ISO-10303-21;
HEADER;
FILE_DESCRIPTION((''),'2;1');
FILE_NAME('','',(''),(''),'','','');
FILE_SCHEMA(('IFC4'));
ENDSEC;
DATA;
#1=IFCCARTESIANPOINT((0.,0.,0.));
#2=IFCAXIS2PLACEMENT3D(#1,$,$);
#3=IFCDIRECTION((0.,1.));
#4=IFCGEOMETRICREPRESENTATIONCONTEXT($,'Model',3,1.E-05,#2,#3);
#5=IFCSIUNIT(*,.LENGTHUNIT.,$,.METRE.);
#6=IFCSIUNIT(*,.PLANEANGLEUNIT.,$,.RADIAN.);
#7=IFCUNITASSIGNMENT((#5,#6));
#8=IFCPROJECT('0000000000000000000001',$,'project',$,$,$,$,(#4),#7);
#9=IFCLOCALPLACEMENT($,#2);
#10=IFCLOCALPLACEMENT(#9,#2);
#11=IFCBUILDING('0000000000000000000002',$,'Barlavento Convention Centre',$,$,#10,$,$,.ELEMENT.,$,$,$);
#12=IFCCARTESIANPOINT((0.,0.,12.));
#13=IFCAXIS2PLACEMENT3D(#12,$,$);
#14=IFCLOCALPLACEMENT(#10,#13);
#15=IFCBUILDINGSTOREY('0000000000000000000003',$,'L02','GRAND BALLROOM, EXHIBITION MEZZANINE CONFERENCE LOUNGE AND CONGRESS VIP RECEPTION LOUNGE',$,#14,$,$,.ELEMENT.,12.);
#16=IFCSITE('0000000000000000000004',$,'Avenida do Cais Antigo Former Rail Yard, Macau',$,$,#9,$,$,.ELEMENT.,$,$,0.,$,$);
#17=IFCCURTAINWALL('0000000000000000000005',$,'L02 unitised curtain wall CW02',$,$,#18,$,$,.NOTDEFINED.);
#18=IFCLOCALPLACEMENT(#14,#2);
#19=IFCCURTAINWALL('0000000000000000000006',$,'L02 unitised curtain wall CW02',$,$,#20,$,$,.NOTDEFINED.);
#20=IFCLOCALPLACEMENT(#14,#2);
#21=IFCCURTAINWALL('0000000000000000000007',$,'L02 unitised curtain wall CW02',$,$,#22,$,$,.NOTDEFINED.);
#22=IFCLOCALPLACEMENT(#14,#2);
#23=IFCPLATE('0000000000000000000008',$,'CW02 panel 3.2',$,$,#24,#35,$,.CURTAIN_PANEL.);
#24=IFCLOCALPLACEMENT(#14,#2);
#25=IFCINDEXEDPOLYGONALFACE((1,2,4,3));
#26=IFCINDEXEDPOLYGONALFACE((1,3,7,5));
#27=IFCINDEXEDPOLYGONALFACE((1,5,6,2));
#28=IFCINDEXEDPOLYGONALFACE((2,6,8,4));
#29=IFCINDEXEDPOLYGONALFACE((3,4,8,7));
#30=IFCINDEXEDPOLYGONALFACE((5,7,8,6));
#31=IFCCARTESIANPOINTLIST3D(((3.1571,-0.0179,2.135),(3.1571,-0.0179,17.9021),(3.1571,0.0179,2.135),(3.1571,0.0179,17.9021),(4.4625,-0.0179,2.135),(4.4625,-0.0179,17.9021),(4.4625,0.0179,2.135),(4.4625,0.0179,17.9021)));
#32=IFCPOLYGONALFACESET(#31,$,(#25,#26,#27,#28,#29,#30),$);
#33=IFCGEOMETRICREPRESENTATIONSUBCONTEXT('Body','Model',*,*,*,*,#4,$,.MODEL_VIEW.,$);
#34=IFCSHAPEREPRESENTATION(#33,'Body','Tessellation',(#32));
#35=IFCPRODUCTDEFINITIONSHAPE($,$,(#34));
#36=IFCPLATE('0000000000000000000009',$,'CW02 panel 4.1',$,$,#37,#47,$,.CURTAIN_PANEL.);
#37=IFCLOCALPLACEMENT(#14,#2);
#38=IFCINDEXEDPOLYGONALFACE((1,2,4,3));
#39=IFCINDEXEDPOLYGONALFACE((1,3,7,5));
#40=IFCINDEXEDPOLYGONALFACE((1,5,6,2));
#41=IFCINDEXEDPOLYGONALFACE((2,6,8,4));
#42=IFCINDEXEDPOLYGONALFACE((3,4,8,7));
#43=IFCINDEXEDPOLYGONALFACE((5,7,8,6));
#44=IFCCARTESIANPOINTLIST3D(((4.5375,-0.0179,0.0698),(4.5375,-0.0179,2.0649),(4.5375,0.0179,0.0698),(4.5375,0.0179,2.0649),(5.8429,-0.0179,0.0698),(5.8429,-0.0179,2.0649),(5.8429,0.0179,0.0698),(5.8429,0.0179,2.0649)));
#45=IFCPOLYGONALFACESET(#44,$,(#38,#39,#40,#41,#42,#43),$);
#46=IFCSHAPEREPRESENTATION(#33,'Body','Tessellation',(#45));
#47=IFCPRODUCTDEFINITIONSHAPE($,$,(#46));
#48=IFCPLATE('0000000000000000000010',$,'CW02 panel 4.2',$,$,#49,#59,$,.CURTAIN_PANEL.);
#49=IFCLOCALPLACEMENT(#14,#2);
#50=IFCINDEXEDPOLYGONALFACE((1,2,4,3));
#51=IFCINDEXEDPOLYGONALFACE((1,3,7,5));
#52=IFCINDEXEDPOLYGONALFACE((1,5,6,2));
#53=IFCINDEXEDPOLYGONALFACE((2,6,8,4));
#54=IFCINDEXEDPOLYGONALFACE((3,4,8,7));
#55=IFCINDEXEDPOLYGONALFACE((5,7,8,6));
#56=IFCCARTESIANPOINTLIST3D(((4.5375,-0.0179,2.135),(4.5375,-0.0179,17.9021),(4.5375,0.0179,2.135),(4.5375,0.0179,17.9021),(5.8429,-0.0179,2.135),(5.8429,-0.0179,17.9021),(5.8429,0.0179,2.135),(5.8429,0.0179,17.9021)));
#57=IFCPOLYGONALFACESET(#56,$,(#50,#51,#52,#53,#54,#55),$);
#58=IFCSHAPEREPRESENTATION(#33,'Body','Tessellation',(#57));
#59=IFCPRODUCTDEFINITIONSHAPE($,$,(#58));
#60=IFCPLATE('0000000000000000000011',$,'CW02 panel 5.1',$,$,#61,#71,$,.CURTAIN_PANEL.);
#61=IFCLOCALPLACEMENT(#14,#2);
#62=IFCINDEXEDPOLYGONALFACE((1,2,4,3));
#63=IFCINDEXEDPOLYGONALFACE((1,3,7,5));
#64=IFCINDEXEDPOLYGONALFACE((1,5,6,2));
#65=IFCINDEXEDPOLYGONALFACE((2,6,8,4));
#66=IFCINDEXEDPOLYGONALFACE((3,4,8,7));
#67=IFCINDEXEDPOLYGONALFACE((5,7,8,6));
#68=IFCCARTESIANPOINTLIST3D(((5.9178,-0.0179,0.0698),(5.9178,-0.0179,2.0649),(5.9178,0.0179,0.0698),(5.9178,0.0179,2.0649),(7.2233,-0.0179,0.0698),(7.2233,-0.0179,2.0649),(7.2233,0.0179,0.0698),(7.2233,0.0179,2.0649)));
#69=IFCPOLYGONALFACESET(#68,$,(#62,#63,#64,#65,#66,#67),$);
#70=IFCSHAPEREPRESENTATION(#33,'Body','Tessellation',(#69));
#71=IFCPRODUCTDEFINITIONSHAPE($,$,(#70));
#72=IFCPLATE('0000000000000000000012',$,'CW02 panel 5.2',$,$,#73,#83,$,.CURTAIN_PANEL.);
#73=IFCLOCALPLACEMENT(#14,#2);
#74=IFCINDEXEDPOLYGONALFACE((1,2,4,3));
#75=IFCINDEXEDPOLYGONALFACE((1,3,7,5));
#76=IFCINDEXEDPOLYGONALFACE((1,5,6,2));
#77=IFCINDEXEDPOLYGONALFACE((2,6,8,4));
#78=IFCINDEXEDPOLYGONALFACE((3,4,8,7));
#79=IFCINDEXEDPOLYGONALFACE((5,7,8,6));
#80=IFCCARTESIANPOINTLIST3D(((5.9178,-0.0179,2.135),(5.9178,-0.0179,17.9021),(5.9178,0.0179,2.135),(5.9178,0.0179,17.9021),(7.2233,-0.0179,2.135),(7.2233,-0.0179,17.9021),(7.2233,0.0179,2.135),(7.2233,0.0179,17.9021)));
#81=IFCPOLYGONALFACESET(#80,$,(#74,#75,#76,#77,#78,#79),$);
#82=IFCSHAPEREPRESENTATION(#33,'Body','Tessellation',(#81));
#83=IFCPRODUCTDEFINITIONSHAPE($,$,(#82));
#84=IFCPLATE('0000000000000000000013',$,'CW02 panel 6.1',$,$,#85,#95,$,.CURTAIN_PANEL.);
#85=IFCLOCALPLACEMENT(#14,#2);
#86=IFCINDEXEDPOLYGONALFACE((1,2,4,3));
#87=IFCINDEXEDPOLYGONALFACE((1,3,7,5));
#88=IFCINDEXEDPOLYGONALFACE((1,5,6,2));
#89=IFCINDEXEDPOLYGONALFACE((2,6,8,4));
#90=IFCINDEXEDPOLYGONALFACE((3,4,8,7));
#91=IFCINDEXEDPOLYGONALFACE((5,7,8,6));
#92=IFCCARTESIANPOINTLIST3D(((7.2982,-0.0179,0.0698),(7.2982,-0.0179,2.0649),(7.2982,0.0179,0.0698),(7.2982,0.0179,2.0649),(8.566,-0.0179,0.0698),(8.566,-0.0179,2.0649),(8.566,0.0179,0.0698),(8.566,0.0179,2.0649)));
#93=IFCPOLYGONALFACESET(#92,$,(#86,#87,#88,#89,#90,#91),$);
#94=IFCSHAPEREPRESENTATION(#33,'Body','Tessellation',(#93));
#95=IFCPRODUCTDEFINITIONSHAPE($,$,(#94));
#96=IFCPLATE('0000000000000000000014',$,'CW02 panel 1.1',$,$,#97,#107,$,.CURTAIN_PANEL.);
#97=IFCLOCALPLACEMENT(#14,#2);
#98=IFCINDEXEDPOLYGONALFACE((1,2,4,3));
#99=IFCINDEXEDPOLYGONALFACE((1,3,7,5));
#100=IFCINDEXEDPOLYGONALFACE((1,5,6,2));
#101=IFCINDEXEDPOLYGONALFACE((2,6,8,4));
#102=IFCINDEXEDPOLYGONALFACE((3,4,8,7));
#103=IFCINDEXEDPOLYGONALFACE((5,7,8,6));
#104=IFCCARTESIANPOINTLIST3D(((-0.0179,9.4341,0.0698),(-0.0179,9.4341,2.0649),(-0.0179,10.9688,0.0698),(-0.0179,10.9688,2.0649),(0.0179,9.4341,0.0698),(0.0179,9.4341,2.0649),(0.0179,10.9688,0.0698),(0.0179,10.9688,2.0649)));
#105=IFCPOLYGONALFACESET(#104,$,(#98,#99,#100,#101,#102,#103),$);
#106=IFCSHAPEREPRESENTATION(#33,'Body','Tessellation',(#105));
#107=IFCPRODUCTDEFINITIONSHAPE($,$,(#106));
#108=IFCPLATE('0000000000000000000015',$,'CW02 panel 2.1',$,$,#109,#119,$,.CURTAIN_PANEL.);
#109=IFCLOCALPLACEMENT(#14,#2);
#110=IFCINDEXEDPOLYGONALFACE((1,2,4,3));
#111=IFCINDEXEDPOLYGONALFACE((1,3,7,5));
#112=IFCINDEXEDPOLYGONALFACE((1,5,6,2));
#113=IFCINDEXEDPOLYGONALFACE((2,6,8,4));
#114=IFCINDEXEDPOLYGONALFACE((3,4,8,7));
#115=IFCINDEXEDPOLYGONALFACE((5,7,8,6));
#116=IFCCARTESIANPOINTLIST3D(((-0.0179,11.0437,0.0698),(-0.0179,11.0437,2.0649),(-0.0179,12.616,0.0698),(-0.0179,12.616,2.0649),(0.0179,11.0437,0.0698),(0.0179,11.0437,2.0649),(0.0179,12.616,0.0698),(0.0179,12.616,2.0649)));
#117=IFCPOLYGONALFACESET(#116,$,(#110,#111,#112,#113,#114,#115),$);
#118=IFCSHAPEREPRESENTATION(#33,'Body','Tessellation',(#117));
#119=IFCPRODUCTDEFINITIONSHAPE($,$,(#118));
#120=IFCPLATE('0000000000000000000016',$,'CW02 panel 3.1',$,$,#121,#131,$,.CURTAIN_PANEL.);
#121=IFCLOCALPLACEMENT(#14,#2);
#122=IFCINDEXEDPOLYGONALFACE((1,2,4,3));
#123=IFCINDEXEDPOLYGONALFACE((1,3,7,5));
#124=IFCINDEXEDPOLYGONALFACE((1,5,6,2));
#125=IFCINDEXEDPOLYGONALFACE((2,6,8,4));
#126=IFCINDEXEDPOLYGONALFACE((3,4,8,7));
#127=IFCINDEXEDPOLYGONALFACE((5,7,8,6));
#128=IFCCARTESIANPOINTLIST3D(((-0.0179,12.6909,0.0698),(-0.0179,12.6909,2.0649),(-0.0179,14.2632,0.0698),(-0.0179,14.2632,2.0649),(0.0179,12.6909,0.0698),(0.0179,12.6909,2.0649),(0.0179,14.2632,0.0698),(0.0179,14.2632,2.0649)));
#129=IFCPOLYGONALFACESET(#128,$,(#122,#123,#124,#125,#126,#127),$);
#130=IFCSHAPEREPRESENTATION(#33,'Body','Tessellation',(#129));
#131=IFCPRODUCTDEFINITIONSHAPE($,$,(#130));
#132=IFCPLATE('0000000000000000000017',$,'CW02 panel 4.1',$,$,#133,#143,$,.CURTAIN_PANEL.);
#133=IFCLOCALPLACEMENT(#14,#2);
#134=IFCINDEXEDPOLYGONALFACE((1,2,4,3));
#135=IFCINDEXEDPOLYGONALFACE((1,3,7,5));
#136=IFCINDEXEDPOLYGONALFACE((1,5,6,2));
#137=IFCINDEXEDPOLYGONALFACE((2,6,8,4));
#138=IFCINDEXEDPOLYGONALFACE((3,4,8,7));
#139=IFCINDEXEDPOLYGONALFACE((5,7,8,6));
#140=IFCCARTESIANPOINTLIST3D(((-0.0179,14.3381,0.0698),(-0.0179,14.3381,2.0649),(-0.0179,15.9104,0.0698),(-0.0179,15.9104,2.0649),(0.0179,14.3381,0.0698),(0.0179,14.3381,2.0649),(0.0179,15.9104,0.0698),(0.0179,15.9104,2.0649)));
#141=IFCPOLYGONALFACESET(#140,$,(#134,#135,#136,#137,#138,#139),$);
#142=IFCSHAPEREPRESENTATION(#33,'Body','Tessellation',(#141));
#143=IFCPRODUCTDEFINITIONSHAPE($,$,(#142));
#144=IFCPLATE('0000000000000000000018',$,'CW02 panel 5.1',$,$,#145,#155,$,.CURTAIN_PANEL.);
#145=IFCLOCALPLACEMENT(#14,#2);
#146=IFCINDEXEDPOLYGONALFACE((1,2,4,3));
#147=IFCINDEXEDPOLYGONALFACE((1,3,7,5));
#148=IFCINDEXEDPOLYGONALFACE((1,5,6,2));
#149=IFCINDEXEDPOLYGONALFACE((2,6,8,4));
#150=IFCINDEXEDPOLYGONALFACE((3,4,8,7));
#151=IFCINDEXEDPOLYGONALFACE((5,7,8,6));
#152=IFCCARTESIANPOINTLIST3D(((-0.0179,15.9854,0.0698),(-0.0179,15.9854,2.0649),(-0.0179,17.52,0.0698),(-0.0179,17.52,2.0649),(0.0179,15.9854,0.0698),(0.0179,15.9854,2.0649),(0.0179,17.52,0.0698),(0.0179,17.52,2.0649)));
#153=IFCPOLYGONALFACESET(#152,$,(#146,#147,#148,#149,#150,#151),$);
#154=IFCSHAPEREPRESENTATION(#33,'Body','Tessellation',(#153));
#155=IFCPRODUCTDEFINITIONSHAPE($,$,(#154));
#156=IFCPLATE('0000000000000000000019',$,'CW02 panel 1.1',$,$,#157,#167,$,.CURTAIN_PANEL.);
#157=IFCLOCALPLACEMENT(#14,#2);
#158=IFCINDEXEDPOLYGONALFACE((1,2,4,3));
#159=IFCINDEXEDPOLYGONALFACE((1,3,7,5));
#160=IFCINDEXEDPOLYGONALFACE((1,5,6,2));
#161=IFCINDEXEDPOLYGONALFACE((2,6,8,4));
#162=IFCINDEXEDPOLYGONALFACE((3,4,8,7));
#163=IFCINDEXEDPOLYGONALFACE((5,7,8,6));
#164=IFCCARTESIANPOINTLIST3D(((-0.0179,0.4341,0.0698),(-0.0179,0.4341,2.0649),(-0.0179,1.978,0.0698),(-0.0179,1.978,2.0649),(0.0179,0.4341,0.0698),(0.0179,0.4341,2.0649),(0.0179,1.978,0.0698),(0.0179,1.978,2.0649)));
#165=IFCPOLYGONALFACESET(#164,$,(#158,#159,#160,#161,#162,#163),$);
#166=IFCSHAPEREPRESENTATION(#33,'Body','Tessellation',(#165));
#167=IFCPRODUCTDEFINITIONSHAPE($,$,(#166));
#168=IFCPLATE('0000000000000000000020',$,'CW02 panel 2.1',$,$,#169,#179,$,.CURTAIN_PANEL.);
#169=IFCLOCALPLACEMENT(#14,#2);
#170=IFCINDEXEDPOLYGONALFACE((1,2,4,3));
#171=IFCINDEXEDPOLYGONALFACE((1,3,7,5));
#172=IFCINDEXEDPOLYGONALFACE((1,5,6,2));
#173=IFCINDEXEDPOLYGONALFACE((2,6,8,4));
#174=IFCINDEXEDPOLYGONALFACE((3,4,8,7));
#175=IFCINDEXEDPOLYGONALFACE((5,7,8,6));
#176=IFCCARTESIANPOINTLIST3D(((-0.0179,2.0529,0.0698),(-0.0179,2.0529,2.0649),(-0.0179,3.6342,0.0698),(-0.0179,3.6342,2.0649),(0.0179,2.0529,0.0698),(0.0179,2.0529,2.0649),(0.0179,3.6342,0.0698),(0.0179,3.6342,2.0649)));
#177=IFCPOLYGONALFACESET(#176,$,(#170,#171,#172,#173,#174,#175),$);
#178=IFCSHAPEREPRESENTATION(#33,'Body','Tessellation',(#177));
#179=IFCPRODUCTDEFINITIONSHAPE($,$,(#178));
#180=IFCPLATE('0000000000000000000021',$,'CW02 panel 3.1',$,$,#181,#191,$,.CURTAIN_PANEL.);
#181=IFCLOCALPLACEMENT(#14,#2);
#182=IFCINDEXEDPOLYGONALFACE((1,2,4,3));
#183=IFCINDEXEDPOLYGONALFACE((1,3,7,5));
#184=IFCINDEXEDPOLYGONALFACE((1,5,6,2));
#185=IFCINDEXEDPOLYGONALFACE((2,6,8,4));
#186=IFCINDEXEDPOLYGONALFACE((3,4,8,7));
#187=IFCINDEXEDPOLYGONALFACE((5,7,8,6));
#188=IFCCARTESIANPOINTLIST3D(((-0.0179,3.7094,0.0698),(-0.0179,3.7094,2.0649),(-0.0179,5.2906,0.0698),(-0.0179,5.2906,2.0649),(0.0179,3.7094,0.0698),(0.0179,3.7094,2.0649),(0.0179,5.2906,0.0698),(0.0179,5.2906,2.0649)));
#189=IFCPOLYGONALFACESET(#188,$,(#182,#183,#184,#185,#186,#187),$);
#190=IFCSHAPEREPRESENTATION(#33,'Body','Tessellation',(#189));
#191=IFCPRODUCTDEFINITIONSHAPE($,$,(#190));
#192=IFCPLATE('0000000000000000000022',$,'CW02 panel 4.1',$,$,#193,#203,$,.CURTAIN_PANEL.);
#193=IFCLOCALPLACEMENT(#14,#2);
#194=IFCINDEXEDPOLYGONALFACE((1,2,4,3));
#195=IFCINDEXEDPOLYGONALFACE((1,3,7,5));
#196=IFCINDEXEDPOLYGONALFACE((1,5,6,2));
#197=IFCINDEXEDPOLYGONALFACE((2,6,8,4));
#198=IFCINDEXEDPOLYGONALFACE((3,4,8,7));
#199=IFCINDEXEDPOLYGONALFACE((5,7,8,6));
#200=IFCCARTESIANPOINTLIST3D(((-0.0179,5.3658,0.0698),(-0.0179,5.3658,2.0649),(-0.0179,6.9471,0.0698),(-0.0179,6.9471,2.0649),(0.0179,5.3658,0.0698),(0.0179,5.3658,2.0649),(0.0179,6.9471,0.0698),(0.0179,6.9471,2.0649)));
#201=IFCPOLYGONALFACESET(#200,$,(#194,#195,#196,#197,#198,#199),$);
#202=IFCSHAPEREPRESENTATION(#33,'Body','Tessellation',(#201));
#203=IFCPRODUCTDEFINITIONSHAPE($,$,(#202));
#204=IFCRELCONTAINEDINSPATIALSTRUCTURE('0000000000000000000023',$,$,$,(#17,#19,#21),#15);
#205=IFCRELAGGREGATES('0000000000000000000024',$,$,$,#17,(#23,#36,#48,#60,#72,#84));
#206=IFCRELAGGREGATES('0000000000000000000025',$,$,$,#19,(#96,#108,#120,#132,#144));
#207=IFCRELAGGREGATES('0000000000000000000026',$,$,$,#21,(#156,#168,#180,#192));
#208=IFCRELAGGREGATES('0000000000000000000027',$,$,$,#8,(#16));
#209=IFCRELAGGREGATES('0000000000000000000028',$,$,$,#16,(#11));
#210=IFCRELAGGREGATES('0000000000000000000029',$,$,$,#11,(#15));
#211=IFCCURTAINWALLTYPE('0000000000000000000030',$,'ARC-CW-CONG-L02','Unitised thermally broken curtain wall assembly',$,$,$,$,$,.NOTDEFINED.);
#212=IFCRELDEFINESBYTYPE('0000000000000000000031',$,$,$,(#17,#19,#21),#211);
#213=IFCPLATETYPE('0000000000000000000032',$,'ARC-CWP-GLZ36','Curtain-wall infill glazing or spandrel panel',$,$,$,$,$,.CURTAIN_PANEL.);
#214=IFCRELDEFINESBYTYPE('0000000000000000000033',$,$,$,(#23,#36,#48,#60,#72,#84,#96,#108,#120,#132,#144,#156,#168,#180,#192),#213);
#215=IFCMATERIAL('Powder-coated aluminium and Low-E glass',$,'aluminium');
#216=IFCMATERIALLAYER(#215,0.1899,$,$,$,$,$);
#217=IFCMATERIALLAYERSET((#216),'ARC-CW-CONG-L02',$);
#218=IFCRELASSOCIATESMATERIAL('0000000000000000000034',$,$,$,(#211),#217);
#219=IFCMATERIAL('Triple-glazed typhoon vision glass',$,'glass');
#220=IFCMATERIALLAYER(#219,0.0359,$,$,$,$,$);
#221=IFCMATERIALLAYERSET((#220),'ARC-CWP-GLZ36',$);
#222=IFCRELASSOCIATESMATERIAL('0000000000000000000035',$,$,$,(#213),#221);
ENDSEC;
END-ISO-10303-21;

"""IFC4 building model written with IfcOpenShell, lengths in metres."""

from ifc_helpers import new_model, si_unit, direction, frame, origin, origin_2d, place, context, subcontext, project, spatial, rectangle, extrude, material, layer, layer_set, type_object, element, aggregate, save


model = new_model("IFC4")

# Units and contexts
model_context = context("Model", 3, precision=1e-05, world=origin(), true_north=direction((0.0, 1.0)))
body_context = subcontext(model_context, "Body", "Model", "MODEL_VIEW")
ifc_project = project(units=[si_unit("LENGTHUNIT", "METRE"), si_unit("PLANEANGLEUNIT", "RADIAN")], contexts=[model_context])

# Site, building, storey
site_placement = place(None, origin())
site = spatial("IfcSite", under=ifc_project, at=site_placement, Name="Avenida do Cais Antigo Former Rail Yard, Macau", CompositionType="ELEMENT", RefElevation=0.0)
building_placement = place(site_placement, origin())
building = spatial("IfcBuilding", under=site, at=building_placement, Name="Barlavento Convention Centre", CompositionType="ELEMENT")
storey_placement = place(building_placement, frame((0.0, 0.0, 12.0)))
storey = spatial("IfcBuildingStorey", under=building, at=storey_placement, Name="L02", Description="GRAND BALLROOM, EXHIBITION MEZZANINE CONFERENCE LOUNGE AND CONGRESS VIP RECEPTION LOUNGE", CompositionType="ELEMENT", Elevation=12.0)

# Curtain walls
ifc_material_1 = material(Name="Powder-coated aluminium and Low-E glass", Category="aluminium")
ifc_layer_1 = layer(ifc_material_1, 0.1899)
ifc_layer_set_1 = layer_set([ifc_layer_1], Name="ARC-CW-CONG-L02")
curtain_wall_type = type_object("IfcCurtainWallType", Name="ARC-CW-CONG-L02", Description="Unitised thermally broken curtain wall assembly", PredefinedType="NOTDEFINED", material=ifc_layer_set_1)
curtain_wall_1_placement = place(storey_placement, origin())
curtain_wall_1 = element("IfcCurtainWall", 1, at=curtain_wall_1_placement, inside=storey, type_object=curtain_wall_type, Name="L02 unitised curtain wall CW02", PredefinedType="NOTDEFINED")
curtain_wall_2_placement = place(storey_placement, origin())
curtain_wall_2 = element("IfcCurtainWall", 2, at=curtain_wall_2_placement, inside=storey, type_object=curtain_wall_type, Name="L02 unitised curtain wall CW02", PredefinedType="NOTDEFINED")
curtain_wall_3_placement = place(storey_placement, origin())
curtain_wall_3 = element("IfcCurtainWall", 3, at=curtain_wall_3_placement, inside=storey, type_object=curtain_wall_type, Name="L02 unitised curtain wall CW02", PredefinedType="NOTDEFINED")

# Plates
ifc_material_2 = material(Name="Triple-glazed typhoon vision glass", Category="glass")
ifc_layer_2 = layer(ifc_material_2, 0.0359)
ifc_layer_set_2 = layer_set([ifc_layer_2], Name="ARC-CWP-GLZ36")
plate_type = type_object("IfcPlateType", Name="ARC-CWP-GLZ36", Description="Curtain-wall infill glazing or spandrel panel", PredefinedType="CURTAIN_PANEL", material=ifc_layer_set_2)
plate_1_placement = place(storey_placement, frame((3.8098, 0.0, 2.135), z_axis=(0.0, 0.0, 1.0), x_axis=(1.0, 0.0, 0.0)))
plate_1 = element("IfcPlate", 4, at=plate_1_placement, type_object=plate_type, Name="CW02 panel 3.2", PredefinedType="CURTAIN_PANEL", context=body_context, shape_type="SweptSolid", body=[
    extrude(rectangle(XDim=1.3054, YDim=0.0359, at=origin_2d()), origin(), (0.0, 0.0, 1.0), 15.7671),
])
plate_2_placement = place(storey_placement, frame((5.1902, 0.0, 0.0698), z_axis=(0.0, 0.0, 1.0), x_axis=(1.0, 0.0, 0.0)))
plate_2 = element("IfcPlate", 5, at=plate_2_placement, type_object=plate_type, Name="CW02 panel 4.1", PredefinedType="CURTAIN_PANEL", context=body_context, shape_type="SweptSolid", body=[
    extrude(rectangle(XDim=1.3054, YDim=0.0359, at=origin_2d()), origin(), (0.0, 0.0, 1.0), 1.9951),
])
plate_3_placement = place(storey_placement, frame((5.1902, 0.0, 2.135), z_axis=(0.0, 0.0, 1.0), x_axis=(1.0, 0.0, 0.0)))
plate_3 = element("IfcPlate", 6, at=plate_3_placement, type_object=plate_type, Name="CW02 panel 4.2", PredefinedType="CURTAIN_PANEL", context=body_context, shape_type="SweptSolid", body=[
    extrude(rectangle(XDim=1.3054, YDim=0.0359, at=origin_2d()), origin(), (0.0, 0.0, 1.0), 15.7671),
])
plate_4_placement = place(storey_placement, frame((6.5706, 0.0, 0.0698), z_axis=(0.0, 0.0, 1.0), x_axis=(1.0, 0.0, 0.0)))
plate_4 = element("IfcPlate", 7, at=plate_4_placement, type_object=plate_type, Name="CW02 panel 5.1", PredefinedType="CURTAIN_PANEL", context=body_context, shape_type="SweptSolid", body=[
    extrude(rectangle(XDim=1.3054, YDim=0.0359, at=origin_2d()), origin(), (0.0, 0.0, 1.0), 1.9951),
])
plate_5_placement = place(storey_placement, frame((6.5706, 0.0, 2.135), z_axis=(0.0, 0.0, 1.0), x_axis=(1.0, 0.0, 0.0)))
plate_5 = element("IfcPlate", 8, at=plate_5_placement, type_object=plate_type, Name="CW02 panel 5.2", PredefinedType="CURTAIN_PANEL", context=body_context, shape_type="SweptSolid", body=[
    extrude(rectangle(XDim=1.3054, YDim=0.0359, at=origin_2d()), origin(), (0.0, 0.0, 1.0), 15.7671),
])
plate_6_placement = place(storey_placement, frame((7.9321, 0.0, 0.0698), z_axis=(0.0, 0.0, 1.0), x_axis=(1.0, 0.0, 0.0)))
plate_6 = element("IfcPlate", 9, at=plate_6_placement, type_object=plate_type, Name="CW02 panel 6.1", PredefinedType="CURTAIN_PANEL", context=body_context, shape_type="SweptSolid", body=[
    extrude(rectangle(XDim=1.2678, YDim=0.0359, at=origin_2d()), origin(), (0.0, 0.0, 1.0), 1.9951),
])
aggregate(curtain_wall_1, [plate_1, plate_2, plate_3, plate_4, plate_5, plate_6])
plate_7_placement = place(storey_placement, frame((0.0, 10.2014, 0.0698), z_axis=(0.0, 0.0, 1.0), x_axis=(0.0, 1.0, 0.0)))
plate_7 = element("IfcPlate", 10, at=plate_7_placement, type_object=plate_type, Name="CW02 panel 1.1", PredefinedType="CURTAIN_PANEL", context=body_context, shape_type="SweptSolid", body=[
    extrude(rectangle(XDim=1.5347, YDim=0.0359, at=origin_2d()), origin(), (0.0, 0.0, 1.0), 1.9951),
])
plate_8_placement = place(storey_placement, frame((0.0, 11.8298, 0.0698), z_axis=(0.0, 0.0, 1.0), x_axis=(0.0, 1.0, 0.0)))
plate_8 = element("IfcPlate", 11, at=plate_8_placement, type_object=plate_type, Name="CW02 panel 2.1", PredefinedType="CURTAIN_PANEL", context=body_context, shape_type="SweptSolid", body=[
    extrude(rectangle(XDim=1.5723, YDim=0.0359, at=origin_2d()), origin(), (0.0, 0.0, 1.0), 1.9951),
])
plate_9_placement = place(storey_placement, frame((0.0, 13.4771, 0.0698), z_axis=(0.0, 0.0, 1.0), x_axis=(0.0, 1.0, 0.0)))
plate_9 = element("IfcPlate", 12, at=plate_9_placement, type_object=plate_type, Name="CW02 panel 3.1", PredefinedType="CURTAIN_PANEL", context=body_context, shape_type="SweptSolid", body=[
    extrude(rectangle(XDim=1.5723, YDim=0.0359, at=origin_2d()), origin(), (0.0, 0.0, 1.0), 1.9951),
])
plate_10_placement = place(storey_placement, frame((0.0, 15.1243, 0.0698), z_axis=(0.0, 0.0, 1.0), x_axis=(0.0, 1.0, 0.0)))
plate_10 = element("IfcPlate", 13, at=plate_10_placement, type_object=plate_type, Name="CW02 panel 4.1", PredefinedType="CURTAIN_PANEL", context=body_context, shape_type="SweptSolid", body=[
    extrude(rectangle(XDim=1.5723, YDim=0.0359, at=origin_2d()), origin(), (0.0, 0.0, 1.0), 1.9951),
])
plate_11_placement = place(storey_placement, frame((0.0, 16.7527, 0.0698), z_axis=(0.0, 0.0, 1.0), x_axis=(0.0, 1.0, 0.0)))
plate_11 = element("IfcPlate", 14, at=plate_11_placement, type_object=plate_type, Name="CW02 panel 5.1", PredefinedType="CURTAIN_PANEL", context=body_context, shape_type="SweptSolid", body=[
    extrude(rectangle(XDim=1.5347, YDim=0.0359, at=origin_2d()), origin(), (0.0, 0.0, 1.0), 1.9951),
])
aggregate(curtain_wall_2, [plate_7, plate_8, plate_9, plate_10, plate_11])
plate_12_placement = place(storey_placement, frame((0.0, 1.2061, 0.0698), z_axis=(0.0, 0.0, 1.0), x_axis=(0.0, 1.0, 0.0)))
plate_12 = element("IfcPlate", 15, at=plate_12_placement, type_object=plate_type, Name="CW02 panel 1.1", PredefinedType="CURTAIN_PANEL", context=body_context, shape_type="SweptSolid", body=[
    extrude(rectangle(XDim=1.5439, YDim=0.0359, at=origin_2d()), origin(), (0.0, 0.0, 1.0), 1.9951),
])
plate_13_placement = place(storey_placement, frame((0.0, 2.8435, 0.0698), z_axis=(0.0, 0.0, 1.0), x_axis=(0.0, 1.0, 0.0)))
plate_13 = element("IfcPlate", 16, at=plate_13_placement, type_object=plate_type, Name="CW02 panel 2.1", PredefinedType="CURTAIN_PANEL", context=body_context, shape_type="SweptSolid", body=[
    extrude(rectangle(XDim=1.5813, YDim=0.0359, at=origin_2d()), origin(), (0.0, 0.0, 1.0), 1.9951),
])
plate_14_placement = place(storey_placement, frame((0.0, 4.5, 0.0698), z_axis=(0.0, 0.0, 1.0), x_axis=(0.0, 1.0, 0.0)))
plate_14 = element("IfcPlate", 17, at=plate_14_placement, type_object=plate_type, Name="CW02 panel 3.1", PredefinedType="CURTAIN_PANEL", context=body_context, shape_type="SweptSolid", body=[
    extrude(rectangle(XDim=1.5813, YDim=0.0359, at=origin_2d()), origin(), (0.0, 0.0, 1.0), 1.9951),
])
plate_15_placement = place(storey_placement, frame((0.0, 6.1565, 0.0698), z_axis=(0.0, 0.0, 1.0), x_axis=(0.0, 1.0, 0.0)))
plate_15 = element("IfcPlate", 18, at=plate_15_placement, type_object=plate_type, Name="CW02 panel 4.1", PredefinedType="CURTAIN_PANEL", context=body_context, shape_type="SweptSolid", body=[
    extrude(rectangle(XDim=1.5813, YDim=0.0359, at=origin_2d()), origin(), (0.0, 0.0, 1.0), 1.9951),
])
aggregate(curtain_wall_3, [plate_12, plate_13, plate_14, plate_15])

save(model, "model.ifc")
